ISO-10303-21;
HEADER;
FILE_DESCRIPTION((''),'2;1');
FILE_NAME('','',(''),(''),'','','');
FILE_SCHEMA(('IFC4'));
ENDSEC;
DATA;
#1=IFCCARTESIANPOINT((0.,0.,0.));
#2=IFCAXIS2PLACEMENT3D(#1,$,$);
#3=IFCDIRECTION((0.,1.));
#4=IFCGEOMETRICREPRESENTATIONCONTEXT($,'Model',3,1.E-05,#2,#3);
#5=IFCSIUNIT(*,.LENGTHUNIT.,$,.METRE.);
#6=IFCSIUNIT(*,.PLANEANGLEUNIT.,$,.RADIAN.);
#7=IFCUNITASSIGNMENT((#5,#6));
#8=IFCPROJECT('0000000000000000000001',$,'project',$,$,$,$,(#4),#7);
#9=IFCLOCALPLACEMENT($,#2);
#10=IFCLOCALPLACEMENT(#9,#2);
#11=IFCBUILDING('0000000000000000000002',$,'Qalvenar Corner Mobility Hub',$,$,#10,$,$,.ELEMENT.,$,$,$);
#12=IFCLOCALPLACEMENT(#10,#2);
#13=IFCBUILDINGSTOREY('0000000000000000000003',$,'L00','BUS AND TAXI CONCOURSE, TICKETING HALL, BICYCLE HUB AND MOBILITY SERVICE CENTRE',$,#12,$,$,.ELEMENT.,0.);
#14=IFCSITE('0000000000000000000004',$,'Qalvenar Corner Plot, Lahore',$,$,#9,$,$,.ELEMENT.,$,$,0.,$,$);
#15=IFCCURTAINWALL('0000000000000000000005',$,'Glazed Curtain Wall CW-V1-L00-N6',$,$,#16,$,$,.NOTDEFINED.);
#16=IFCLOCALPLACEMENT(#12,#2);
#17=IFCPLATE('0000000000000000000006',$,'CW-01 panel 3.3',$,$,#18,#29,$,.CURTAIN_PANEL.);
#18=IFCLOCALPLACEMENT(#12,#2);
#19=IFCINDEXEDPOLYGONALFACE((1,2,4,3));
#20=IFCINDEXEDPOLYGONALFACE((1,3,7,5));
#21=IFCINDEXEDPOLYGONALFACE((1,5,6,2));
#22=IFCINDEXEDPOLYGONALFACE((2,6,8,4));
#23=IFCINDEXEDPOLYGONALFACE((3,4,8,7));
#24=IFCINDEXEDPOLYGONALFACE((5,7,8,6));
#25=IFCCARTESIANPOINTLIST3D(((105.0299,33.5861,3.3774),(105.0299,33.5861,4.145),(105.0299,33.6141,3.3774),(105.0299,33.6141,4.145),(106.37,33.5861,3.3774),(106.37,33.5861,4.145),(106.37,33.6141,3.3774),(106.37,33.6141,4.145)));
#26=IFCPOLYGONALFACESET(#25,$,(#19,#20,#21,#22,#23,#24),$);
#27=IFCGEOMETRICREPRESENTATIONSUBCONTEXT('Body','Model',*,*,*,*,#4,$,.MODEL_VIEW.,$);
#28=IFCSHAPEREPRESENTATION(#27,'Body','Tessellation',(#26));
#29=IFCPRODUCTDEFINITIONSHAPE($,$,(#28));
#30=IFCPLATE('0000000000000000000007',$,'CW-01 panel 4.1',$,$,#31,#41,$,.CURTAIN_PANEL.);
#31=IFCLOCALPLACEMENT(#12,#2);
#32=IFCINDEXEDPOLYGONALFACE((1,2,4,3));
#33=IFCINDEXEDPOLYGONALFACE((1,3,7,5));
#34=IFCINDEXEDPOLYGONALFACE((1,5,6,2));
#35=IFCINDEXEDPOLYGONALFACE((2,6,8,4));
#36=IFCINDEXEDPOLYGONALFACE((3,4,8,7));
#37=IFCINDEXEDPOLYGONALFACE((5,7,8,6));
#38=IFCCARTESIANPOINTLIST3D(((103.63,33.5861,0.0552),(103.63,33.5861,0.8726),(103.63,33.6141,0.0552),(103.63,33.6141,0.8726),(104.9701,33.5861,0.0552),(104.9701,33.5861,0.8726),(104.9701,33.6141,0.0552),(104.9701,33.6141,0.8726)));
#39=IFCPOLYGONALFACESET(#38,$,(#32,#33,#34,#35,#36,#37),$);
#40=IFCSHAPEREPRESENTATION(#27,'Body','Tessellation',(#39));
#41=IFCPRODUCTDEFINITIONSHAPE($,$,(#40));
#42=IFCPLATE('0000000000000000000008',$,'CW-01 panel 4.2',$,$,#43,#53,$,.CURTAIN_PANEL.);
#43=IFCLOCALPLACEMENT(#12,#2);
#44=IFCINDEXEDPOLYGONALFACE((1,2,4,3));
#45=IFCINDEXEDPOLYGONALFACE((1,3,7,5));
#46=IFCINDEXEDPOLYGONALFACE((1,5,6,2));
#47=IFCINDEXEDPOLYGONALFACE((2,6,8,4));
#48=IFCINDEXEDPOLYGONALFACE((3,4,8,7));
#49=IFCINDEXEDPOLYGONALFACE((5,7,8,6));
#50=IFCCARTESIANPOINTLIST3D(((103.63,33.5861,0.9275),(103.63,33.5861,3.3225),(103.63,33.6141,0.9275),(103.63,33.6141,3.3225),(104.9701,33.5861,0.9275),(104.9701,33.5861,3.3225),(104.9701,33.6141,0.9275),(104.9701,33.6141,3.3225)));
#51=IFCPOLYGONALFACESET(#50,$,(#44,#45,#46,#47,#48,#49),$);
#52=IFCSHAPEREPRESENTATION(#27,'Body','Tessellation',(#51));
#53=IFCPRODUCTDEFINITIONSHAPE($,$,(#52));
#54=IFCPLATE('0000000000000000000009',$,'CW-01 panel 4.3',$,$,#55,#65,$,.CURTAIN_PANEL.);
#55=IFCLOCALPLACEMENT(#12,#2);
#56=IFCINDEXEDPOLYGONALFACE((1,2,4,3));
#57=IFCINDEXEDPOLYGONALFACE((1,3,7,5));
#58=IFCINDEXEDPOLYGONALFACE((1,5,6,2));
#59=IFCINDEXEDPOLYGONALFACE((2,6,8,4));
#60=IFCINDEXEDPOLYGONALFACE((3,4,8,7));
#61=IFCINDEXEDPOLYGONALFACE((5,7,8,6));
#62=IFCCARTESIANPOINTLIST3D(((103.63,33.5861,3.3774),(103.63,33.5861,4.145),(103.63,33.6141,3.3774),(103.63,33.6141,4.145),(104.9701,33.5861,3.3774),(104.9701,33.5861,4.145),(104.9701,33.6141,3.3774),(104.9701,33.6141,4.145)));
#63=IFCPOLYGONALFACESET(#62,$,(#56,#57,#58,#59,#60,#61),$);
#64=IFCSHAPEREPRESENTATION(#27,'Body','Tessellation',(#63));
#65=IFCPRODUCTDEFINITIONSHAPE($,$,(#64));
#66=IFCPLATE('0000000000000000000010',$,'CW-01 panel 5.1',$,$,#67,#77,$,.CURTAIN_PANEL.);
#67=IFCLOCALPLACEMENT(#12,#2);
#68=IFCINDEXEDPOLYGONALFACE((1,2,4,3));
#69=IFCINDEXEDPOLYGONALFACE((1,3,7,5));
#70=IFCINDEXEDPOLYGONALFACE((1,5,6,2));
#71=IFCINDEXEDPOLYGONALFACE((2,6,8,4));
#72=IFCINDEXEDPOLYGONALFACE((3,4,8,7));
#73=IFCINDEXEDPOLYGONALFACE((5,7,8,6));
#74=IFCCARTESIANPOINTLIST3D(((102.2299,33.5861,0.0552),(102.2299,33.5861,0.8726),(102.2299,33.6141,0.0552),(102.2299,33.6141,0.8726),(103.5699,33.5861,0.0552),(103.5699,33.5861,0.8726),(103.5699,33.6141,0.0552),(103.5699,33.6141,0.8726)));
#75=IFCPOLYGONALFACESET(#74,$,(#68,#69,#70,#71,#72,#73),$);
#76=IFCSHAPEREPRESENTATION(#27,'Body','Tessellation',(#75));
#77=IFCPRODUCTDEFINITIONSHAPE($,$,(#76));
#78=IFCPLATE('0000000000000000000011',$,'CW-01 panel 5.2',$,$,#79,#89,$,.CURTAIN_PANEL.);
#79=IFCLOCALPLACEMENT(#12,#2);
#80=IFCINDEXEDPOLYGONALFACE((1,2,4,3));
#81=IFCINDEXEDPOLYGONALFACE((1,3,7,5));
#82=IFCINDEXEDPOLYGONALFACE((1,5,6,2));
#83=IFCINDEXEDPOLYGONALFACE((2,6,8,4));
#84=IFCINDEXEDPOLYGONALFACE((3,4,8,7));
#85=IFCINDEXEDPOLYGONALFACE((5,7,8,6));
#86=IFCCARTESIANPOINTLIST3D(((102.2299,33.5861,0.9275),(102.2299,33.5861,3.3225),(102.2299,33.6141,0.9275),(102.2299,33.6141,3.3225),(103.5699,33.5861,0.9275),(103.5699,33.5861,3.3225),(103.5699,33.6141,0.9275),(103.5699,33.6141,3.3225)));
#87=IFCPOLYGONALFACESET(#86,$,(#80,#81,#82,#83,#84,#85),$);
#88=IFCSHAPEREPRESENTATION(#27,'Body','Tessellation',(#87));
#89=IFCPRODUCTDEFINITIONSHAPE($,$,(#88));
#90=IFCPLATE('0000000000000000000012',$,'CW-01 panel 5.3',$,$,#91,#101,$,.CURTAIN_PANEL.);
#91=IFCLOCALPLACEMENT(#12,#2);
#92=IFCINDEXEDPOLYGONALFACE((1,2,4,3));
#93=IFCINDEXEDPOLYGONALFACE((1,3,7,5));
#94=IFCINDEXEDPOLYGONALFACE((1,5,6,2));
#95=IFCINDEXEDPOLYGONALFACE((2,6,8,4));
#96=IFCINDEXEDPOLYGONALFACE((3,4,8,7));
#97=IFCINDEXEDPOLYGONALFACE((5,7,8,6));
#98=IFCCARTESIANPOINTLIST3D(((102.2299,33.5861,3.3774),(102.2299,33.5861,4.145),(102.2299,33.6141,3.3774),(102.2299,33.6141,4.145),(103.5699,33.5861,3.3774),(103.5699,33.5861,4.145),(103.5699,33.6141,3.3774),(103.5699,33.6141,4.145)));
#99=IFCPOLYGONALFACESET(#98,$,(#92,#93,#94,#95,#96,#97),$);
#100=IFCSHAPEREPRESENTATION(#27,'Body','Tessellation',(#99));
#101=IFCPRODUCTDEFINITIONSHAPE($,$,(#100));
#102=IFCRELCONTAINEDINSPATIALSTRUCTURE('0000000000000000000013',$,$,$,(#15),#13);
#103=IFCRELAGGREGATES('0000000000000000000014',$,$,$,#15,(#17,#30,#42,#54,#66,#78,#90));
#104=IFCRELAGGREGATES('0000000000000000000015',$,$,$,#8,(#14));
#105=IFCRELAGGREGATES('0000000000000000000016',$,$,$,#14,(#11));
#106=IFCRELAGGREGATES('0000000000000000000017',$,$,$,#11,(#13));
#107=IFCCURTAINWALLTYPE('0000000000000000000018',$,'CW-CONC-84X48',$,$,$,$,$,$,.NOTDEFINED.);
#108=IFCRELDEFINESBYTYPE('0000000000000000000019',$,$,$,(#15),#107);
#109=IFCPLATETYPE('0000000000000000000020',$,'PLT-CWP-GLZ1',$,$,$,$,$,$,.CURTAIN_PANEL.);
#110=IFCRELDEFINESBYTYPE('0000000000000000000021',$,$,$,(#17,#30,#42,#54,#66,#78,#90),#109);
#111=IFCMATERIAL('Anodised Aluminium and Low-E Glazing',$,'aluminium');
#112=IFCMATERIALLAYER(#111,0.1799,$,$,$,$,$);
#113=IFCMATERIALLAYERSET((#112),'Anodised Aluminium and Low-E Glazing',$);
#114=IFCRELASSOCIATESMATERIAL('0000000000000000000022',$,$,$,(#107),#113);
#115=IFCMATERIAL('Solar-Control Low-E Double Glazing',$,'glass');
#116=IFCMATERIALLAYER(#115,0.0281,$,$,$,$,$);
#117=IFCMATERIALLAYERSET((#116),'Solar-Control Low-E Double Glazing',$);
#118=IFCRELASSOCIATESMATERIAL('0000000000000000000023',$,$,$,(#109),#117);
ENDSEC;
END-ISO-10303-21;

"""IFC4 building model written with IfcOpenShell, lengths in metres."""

from ifc_helpers import new_model, si_unit, direction, frame, origin, origin_2d, place, context, subcontext, project, spatial, rectangle, extrude, material, layer, layer_set, type_object, element, aggregate, save


model = new_model("IFC4")

# Units and contexts
model_context = context("Model", 3, precision=1e-05, world=origin(), true_north=direction((0.0, 1.0)))
body_context = subcontext(model_context, "Body", "Model", "MODEL_VIEW")
ifc_project = project(units=[si_unit("LENGTHUNIT", "METRE"), si_unit("PLANEANGLEUNIT", "RADIAN")], contexts=[model_context])

# Site, building, storey
site_placement = place(None, origin())
site = spatial("IfcSite", under=ifc_project, at=site_placement, Name="Qalvenar Corner Plot, Lahore", CompositionType="ELEMENT", RefElevation=0.0)
building_placement = place(site_placement, origin())
building = spatial("IfcBuilding", under=site, at=building_placement, Name="Qalvenar Corner Mobility Hub", CompositionType="ELEMENT")
storey_placement = place(building_placement, origin())
storey = spatial("IfcBuildingStorey", under=building, at=storey_placement, Name="L00", Description="BUS AND TAXI CONCOURSE, TICKETING HALL, BICYCLE HUB AND MOBILITY SERVICE CENTRE", CompositionType="ELEMENT", Elevation=0.0)

# Curtain wall, plates
ifc_material_1 = material(Name="Anodised Aluminium and Low-E Glazing", Category="aluminium")
ifc_layer_1 = layer(ifc_material_1, 0.1799)
ifc_layer_set_1 = layer_set([ifc_layer_1], Name="Anodised Aluminium and Low-E Glazing")
curtain_wall_type = type_object("IfcCurtainWallType", Name="CW-CONC-84X48", PredefinedType="NOTDEFINED", material=ifc_layer_set_1)
curtain_wall_placement = place(storey_placement, origin())
curtain_wall = element("IfcCurtainWall", 1, at=curtain_wall_placement, inside=storey, type_object=curtain_wall_type, Name="Glazed Curtain Wall CW-V1-L00-N6", PredefinedType="NOTDEFINED")
ifc_material_2 = material(Name="Solar-Control Low-E Double Glazing", Category="glass")
ifc_layer_2 = layer(ifc_material_2, 0.0281)
ifc_layer_set_2 = layer_set([ifc_layer_2], Name="Solar-Control Low-E Double Glazing")
plate_type = type_object("IfcPlateType", Name="PLT-CWP-GLZ1", PredefinedType="CURTAIN_PANEL", material=ifc_layer_set_2)
plate_1_placement = place(storey_placement, frame((105.7, 33.6001, 3.3774), z_axis=(0.0, 0.0, 1.0), x_axis=(-1.0, 0.0, 0.0)))
plate_1 = element("IfcPlate", 2, at=plate_1_placement, type_object=plate_type, Name="CW-01 panel 3.3", PredefinedType="CURTAIN_PANEL", context=body_context, shape_type="SweptSolid", body=[
    extrude(rectangle(XDim=1.3401, YDim=0.0281, at=origin_2d()), origin(), (0.0, 0.0, 1.0), 0.7676),
])
plate_2_placement = place(storey_placement, frame((104.3, 33.6001, 0.0552), z_axis=(0.0, 0.0, 1.0), x_axis=(-1.0, 0.0, 0.0)))
plate_2 = element("IfcPlate", 3, at=plate_2_placement, type_object=plate_type, Name="CW-01 panel 4.1", PredefinedType="CURTAIN_PANEL", context=body_context, shape_type="SweptSolid", body=[
    extrude(rectangle(XDim=1.3401, YDim=0.0281, at=origin_2d()), origin(), (0.0, 0.0, 1.0), 0.8174),
])
plate_3_placement = place(storey_placement, frame((104.3, 33.6001, 0.9275), z_axis=(0.0, 0.0, 1.0), x_axis=(-1.0, 0.0, 0.0)))
plate_3 = element("IfcPlate", 4, at=plate_3_placement, type_object=plate_type, Name="CW-01 panel 4.2", PredefinedType="CURTAIN_PANEL", context=body_context, shape_type="SweptSolid", body=[
    extrude(rectangle(XDim=1.3401, YDim=0.0281, at=origin_2d()), origin(), (0.0, 0.0, 1.0), 2.395),
])
plate_4_placement = place(storey_placement, frame((104.3, 33.6001, 3.3774), z_axis=(0.0, 0.0, 1.0), x_axis=(-1.0, 0.0, 0.0)))
plate_4 = element("IfcPlate", 5, at=plate_4_placement, type_object=plate_type, Name="CW-01 panel 4.3", PredefinedType="CURTAIN_PANEL", context=body_context, shape_type="SweptSolid", body=[
    extrude(rectangle(XDim=1.3401, YDim=0.0281, at=origin_2d()), origin(), (0.0, 0.0, 1.0), 0.7676),
])
plate_5_placement = place(storey_placement, frame((102.8999, 33.6001, 0.0552), z_axis=(0.0, 0.0, 1.0), x_axis=(-1.0, 0.0, 0.0)))
plate_5 = element("IfcPlate", 6, at=plate_5_placement, type_object=plate_type, Name="CW-01 panel 5.1", PredefinedType="CURTAIN_PANEL", context=body_context, shape_type="SweptSolid", body=[
    extrude(rectangle(XDim=1.3401, YDim=0.0281, at=origin_2d()), origin(), (0.0, 0.0, 1.0), 0.8174),
])
plate_6_placement = place(storey_placement, frame((102.8999, 33.6001, 0.9275), z_axis=(0.0, 0.0, 1.0), x_axis=(-1.0, 0.0, 0.0)))
plate_6 = element("IfcPlate", 7, at=plate_6_placement, type_object=plate_type, Name="CW-01 panel 5.2", PredefinedType="CURTAIN_PANEL", context=body_context, shape_type="SweptSolid", body=[
    extrude(rectangle(XDim=1.3401, YDim=0.0281, at=origin_2d()), origin(), (0.0, 0.0, 1.0), 2.395),
])
plate_7_placement = place(storey_placement, frame((102.8999, 33.6001, 3.3774), z_axis=(0.0, 0.0, 1.0), x_axis=(-1.0, 0.0, 0.0)))
plate_7 = element("IfcPlate", 8, at=plate_7_placement, type_object=plate_type, Name="CW-01 panel 5.3", PredefinedType="CURTAIN_PANEL", context=body_context, shape_type="SweptSolid", body=[
    extrude(rectangle(XDim=1.3401, YDim=0.0281, at=origin_2d()), origin(), (0.0, 0.0, 1.0), 0.7676),
])
aggregate(curtain_wall, [plate_1, plate_2, plate_3, plate_4, plate_5, plate_6, plate_7])

save(model, "model.ifc")
